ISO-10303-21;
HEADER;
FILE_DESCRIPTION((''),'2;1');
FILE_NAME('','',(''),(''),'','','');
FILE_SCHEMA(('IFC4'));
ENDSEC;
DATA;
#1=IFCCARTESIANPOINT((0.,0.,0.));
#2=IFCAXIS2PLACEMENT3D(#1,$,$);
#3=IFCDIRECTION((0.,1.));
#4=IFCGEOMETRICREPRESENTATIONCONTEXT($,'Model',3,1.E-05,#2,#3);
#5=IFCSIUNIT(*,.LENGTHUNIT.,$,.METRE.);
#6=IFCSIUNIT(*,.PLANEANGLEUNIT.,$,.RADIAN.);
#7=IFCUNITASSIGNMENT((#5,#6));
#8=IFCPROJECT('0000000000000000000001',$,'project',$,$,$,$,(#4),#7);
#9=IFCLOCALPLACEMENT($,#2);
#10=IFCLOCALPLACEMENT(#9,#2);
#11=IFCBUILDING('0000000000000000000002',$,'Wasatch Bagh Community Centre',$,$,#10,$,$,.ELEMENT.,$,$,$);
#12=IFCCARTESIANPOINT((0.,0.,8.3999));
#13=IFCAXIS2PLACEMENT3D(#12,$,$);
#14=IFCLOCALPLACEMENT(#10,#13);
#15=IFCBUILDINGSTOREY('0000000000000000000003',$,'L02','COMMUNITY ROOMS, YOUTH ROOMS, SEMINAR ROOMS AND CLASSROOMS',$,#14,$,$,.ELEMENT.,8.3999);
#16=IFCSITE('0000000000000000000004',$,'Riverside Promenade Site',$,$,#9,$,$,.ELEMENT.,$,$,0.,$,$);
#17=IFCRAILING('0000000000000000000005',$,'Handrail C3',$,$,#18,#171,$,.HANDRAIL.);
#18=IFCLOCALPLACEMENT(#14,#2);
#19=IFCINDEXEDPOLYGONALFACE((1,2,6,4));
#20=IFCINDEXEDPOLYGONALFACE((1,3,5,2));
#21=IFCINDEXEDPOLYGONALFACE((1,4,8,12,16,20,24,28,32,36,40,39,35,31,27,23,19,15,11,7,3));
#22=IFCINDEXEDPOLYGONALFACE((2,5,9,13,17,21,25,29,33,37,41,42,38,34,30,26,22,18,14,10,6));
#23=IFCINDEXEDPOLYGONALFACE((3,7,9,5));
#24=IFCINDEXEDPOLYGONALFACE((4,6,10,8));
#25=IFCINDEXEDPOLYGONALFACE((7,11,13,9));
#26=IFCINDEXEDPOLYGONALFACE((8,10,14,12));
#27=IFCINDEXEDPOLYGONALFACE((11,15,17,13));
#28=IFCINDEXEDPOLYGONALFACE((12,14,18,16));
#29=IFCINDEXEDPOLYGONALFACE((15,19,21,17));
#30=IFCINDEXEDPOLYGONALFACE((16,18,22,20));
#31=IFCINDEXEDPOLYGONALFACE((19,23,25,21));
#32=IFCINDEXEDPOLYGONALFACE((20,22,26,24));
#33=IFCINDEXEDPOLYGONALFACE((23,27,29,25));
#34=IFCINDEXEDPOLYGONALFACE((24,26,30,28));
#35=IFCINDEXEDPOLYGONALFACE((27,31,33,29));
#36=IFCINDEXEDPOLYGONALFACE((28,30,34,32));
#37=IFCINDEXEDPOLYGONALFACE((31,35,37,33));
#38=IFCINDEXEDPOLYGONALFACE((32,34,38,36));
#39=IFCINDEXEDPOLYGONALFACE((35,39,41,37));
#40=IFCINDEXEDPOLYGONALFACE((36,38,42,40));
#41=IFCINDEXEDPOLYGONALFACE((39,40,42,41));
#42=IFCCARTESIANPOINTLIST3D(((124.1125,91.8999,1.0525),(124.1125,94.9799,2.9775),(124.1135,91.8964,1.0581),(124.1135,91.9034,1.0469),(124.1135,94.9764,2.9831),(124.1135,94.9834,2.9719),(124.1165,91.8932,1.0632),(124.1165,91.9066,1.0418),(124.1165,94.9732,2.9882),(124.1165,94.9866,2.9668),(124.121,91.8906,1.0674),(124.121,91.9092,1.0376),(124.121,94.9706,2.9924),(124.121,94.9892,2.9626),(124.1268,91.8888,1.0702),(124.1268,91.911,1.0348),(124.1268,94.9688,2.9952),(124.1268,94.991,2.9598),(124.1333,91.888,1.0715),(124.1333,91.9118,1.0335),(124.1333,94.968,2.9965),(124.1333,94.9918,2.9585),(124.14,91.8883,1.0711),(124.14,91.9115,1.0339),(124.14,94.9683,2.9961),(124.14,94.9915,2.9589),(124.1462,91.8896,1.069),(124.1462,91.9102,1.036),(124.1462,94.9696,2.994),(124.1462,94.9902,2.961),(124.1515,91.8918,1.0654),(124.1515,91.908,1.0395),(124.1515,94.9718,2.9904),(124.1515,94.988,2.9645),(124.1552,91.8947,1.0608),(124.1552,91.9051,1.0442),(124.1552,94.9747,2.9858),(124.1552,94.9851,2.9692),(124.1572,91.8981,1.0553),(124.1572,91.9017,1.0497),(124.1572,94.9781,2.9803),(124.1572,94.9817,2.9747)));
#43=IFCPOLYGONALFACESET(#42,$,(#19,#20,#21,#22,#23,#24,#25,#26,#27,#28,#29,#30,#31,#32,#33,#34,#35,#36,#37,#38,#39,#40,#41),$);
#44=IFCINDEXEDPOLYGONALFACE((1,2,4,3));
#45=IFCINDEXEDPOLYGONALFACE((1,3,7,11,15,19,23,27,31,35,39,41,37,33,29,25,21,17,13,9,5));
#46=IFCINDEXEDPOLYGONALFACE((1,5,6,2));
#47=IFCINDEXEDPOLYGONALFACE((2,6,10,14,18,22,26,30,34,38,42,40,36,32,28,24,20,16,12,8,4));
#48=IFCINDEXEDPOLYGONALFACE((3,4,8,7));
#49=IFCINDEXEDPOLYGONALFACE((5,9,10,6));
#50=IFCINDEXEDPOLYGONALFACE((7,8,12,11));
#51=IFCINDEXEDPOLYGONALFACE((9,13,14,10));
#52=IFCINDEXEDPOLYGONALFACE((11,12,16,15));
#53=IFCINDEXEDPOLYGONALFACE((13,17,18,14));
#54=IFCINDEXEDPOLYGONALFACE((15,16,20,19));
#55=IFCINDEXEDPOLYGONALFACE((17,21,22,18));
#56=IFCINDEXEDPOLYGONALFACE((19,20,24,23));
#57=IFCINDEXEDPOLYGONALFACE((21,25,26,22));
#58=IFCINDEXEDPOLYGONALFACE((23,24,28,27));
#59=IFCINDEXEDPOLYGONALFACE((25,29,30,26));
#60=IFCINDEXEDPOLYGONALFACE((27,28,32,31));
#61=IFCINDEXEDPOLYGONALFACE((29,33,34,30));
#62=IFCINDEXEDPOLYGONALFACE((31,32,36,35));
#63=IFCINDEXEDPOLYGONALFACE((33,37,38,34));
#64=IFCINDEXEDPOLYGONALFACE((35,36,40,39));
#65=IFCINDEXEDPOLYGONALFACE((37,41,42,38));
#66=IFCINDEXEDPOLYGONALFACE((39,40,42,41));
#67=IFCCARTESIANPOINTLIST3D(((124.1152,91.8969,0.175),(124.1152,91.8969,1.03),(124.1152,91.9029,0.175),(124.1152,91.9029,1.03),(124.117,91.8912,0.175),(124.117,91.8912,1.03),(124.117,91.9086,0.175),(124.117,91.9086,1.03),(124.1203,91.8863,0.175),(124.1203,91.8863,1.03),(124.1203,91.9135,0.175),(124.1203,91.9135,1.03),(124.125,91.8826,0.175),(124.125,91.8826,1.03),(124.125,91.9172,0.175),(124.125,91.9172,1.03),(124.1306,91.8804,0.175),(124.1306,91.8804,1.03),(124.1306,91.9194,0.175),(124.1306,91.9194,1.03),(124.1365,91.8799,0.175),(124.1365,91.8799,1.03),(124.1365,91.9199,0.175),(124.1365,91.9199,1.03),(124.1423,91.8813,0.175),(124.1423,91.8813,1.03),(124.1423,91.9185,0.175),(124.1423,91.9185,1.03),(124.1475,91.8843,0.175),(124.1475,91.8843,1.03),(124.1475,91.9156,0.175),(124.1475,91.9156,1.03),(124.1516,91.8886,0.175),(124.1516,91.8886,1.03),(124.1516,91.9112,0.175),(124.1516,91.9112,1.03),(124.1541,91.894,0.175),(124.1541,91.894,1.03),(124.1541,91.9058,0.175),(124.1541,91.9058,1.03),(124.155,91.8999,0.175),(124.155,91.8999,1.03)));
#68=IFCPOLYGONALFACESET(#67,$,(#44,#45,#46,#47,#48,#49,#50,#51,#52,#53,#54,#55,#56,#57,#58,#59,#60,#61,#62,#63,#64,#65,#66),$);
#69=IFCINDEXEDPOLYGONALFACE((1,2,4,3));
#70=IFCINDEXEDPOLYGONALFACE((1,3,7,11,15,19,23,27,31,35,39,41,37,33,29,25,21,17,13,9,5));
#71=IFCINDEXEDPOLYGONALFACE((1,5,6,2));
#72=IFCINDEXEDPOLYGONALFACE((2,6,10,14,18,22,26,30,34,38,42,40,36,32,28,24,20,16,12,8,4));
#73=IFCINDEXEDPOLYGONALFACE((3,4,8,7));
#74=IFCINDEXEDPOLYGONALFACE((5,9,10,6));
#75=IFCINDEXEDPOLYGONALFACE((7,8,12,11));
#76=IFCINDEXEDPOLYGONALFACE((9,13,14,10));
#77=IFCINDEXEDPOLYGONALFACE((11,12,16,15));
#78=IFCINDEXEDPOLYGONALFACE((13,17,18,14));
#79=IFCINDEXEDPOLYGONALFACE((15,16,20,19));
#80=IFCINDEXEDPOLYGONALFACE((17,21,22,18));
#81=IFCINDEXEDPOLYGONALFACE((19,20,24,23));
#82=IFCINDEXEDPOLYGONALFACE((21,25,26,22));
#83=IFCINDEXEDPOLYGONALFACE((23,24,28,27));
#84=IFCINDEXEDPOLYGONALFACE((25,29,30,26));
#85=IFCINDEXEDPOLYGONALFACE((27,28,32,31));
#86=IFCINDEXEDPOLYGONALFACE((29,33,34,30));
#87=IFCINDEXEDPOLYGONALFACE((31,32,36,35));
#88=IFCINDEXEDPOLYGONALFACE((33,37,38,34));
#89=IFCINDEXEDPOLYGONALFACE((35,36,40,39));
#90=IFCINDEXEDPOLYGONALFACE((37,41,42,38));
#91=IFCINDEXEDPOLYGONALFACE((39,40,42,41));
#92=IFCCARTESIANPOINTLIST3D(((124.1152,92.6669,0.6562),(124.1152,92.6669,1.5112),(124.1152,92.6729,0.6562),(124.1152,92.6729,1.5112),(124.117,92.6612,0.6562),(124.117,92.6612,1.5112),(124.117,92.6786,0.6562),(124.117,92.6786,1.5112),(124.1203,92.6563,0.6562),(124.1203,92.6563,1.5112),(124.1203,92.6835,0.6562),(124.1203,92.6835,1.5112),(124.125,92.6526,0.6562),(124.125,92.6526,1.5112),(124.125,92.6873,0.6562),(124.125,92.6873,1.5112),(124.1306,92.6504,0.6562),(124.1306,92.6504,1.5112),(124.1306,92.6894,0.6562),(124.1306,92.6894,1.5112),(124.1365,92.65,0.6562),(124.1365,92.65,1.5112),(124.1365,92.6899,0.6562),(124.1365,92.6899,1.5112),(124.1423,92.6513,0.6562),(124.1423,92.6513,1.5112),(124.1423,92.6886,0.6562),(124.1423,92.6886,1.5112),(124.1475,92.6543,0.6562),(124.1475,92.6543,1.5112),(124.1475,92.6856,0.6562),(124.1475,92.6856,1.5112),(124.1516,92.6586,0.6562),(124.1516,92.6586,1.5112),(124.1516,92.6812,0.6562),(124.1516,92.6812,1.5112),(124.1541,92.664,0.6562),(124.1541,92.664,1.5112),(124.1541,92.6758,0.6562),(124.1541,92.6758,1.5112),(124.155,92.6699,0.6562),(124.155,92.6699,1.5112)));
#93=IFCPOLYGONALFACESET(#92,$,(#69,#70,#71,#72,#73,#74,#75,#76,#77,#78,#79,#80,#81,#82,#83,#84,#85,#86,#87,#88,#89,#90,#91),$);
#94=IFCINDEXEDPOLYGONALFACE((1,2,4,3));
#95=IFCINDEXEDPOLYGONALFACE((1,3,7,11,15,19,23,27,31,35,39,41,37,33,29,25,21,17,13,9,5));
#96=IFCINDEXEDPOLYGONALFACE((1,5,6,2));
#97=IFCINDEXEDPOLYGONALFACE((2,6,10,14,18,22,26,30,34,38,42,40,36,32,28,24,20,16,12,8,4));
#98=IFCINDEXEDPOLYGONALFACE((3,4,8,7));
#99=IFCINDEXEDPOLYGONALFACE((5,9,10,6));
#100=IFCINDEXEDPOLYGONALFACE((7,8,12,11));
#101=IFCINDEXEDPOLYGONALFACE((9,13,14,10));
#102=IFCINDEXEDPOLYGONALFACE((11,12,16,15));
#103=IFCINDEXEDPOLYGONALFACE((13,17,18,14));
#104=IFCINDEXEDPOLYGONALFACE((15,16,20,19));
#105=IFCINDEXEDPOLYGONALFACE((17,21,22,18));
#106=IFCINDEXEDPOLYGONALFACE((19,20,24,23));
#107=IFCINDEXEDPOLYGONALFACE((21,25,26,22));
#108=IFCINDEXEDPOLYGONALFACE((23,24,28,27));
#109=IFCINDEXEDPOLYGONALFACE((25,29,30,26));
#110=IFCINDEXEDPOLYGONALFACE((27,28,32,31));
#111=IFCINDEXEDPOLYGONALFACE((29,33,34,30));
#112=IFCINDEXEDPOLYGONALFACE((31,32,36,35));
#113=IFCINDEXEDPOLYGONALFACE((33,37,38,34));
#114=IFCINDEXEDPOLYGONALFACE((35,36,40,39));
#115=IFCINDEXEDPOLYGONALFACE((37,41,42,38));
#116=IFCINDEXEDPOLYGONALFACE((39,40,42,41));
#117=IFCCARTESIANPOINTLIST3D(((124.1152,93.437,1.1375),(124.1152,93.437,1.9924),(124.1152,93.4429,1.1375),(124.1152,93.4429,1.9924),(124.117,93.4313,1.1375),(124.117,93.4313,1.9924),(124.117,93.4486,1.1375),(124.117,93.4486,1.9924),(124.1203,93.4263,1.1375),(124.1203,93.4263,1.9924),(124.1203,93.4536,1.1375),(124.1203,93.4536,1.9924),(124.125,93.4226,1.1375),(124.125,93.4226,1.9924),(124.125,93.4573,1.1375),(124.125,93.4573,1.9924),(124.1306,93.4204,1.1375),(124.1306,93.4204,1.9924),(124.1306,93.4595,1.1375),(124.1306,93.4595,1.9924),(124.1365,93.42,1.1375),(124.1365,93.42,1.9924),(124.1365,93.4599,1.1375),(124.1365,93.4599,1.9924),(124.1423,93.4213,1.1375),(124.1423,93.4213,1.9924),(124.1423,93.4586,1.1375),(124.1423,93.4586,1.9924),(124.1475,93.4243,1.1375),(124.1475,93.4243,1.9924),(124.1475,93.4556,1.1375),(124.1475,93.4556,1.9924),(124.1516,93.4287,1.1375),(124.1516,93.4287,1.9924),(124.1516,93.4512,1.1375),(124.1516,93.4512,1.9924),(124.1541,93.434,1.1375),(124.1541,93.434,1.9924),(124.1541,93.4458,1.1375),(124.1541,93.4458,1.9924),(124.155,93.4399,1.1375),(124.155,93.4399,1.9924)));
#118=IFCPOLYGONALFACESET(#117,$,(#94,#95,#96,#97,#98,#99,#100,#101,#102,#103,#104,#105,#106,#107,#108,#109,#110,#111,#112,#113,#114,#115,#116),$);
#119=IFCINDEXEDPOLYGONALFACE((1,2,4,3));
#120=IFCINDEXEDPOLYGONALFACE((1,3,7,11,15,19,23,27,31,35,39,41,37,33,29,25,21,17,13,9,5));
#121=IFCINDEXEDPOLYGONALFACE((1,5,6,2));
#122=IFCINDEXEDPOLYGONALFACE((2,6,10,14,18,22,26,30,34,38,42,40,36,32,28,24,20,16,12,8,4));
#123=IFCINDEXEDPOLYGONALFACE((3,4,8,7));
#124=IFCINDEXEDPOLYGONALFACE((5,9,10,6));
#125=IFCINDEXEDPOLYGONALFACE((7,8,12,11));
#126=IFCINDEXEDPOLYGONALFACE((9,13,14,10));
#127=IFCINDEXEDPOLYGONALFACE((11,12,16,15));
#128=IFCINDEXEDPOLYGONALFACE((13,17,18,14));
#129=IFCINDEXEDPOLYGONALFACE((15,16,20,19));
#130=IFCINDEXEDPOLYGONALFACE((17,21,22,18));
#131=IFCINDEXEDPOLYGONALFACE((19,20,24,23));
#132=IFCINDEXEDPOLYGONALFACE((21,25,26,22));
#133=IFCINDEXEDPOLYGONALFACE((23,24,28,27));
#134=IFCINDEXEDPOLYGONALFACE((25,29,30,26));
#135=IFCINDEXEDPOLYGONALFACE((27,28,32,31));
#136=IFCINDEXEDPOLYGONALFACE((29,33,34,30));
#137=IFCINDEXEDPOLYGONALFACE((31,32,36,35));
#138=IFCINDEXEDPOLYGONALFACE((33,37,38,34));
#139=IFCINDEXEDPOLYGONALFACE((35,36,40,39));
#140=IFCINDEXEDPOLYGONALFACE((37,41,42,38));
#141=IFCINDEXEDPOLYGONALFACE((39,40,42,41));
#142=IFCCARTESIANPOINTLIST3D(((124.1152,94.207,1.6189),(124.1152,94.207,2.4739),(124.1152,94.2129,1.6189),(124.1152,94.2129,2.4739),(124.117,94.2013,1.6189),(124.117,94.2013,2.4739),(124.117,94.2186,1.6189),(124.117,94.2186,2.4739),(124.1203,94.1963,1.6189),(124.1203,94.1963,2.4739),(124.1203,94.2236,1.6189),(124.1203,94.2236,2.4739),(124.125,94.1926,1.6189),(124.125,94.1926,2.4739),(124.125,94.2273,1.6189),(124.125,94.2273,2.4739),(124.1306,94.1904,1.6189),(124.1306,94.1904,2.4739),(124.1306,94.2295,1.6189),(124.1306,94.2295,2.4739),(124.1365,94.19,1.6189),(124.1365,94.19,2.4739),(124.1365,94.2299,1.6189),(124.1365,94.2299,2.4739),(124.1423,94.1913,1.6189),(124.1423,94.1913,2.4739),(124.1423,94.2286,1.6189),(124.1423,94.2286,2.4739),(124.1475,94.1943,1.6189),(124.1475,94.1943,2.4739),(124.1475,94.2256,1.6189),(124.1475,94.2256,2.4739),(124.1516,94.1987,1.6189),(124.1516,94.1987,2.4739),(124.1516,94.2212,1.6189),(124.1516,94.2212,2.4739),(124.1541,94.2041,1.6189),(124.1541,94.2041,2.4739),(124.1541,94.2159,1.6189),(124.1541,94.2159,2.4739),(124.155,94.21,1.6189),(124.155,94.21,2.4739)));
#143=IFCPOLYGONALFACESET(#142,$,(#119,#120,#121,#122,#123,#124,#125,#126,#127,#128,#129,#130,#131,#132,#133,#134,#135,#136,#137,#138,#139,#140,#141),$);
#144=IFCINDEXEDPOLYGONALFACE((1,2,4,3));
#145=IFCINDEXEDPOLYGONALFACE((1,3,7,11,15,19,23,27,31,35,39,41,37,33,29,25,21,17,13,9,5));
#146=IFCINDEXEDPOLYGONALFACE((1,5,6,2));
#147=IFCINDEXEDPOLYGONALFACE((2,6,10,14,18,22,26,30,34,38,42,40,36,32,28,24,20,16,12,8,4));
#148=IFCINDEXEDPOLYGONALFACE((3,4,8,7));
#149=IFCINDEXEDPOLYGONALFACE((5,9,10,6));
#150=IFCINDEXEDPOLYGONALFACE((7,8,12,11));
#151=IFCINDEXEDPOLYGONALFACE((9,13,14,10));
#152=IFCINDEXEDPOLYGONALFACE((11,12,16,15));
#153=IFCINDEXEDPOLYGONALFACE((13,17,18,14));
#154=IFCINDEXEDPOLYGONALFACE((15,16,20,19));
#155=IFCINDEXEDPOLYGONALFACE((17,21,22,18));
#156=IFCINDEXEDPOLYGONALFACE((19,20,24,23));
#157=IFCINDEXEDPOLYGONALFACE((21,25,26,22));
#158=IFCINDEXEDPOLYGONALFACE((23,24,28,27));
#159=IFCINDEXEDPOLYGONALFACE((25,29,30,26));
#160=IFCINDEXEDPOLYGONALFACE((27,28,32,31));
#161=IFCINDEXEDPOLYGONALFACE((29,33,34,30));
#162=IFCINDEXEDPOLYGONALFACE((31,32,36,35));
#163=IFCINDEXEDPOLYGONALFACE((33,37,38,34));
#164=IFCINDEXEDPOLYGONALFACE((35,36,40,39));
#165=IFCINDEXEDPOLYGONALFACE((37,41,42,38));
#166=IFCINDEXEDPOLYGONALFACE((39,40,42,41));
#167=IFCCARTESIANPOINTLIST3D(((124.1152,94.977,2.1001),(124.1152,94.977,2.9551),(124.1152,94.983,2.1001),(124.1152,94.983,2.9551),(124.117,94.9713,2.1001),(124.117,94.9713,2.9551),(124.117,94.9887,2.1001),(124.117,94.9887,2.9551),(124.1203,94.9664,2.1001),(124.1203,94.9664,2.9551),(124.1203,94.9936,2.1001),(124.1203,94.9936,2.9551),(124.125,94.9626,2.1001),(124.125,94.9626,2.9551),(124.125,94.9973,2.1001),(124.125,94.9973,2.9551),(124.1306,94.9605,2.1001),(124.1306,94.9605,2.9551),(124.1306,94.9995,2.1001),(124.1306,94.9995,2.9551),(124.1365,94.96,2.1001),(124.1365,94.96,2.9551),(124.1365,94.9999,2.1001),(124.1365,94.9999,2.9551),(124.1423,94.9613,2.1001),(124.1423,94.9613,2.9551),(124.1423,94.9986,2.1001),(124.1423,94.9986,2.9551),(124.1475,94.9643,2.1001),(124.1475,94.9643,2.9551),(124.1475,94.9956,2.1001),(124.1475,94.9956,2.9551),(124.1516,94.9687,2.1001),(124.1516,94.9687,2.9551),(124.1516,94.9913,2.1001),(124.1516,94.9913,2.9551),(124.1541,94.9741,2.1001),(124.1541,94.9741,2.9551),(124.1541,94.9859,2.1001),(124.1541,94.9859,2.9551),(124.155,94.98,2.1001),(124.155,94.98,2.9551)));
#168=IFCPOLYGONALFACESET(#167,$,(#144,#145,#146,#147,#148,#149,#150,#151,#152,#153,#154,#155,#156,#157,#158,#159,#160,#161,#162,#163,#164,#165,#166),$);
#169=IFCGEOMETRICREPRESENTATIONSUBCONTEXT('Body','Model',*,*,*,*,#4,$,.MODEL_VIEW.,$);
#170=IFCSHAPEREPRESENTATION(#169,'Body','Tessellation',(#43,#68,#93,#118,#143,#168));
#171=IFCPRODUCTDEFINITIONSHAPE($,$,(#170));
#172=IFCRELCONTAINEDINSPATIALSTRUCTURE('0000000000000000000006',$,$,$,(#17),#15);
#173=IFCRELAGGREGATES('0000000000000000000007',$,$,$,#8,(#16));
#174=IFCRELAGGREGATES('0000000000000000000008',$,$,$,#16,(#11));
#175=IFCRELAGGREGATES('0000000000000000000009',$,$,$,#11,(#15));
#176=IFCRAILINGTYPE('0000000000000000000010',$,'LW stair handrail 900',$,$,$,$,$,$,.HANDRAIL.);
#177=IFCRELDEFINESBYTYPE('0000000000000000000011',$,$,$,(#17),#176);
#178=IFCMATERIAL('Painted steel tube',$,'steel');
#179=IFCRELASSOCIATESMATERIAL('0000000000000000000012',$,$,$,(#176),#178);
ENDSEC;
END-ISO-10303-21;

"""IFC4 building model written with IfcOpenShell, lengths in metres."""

from ifc_helpers import new_model, si_unit, direction, frame, origin, origin_2d, place, context, subcontext, project, spatial, circle, extrude, material, type_object, element, save


model = new_model("IFC4")

# Units and contexts
model_context = context("Model", 3, precision=1e-05, world=origin(), true_north=direction((0.0, 1.0)))
body_context = subcontext(model_context, "Body", "Model", "MODEL_VIEW")
ifc_project = project(units=[si_unit("LENGTHUNIT", "METRE"), si_unit("PLANEANGLEUNIT", "RADIAN")], contexts=[model_context])

# Site, building, storey
site_placement = place(None, origin())
site = spatial("IfcSite", under=ifc_project, at=site_placement, Name="Riverside Promenade Site", CompositionType="ELEMENT", RefElevation=0.0)
building_placement = place(site_placement, origin())
building = spatial("IfcBuilding", under=site, at=building_placement, Name="Wasatch Bagh Community Centre", CompositionType="ELEMENT")
storey_placement = place(building_placement, frame((0.0, 0.0, 8.3999)))
storey = spatial("IfcBuildingStorey", under=building, at=storey_placement, Name="L02", Description="COMMUNITY ROOMS, YOUTH ROOMS, SEMINAR ROOMS AND CLASSROOMS", CompositionType="ELEMENT", Elevation=8.3999)

# Railing
ifc_material_1 = material(Name="Painted steel tube", Category="steel")
railing_type_1 = type_object("IfcRailingType", Name="LW stair handrail 900", PredefinedType="HANDRAIL", material=ifc_material_1)
for number, where, name in (
    (1, (124.135, 91.8999, 0.175), "Handrail C3"),
):
    element("IfcRailing", number, at=place(storey_placement, frame(where)), inside=storey, type_object=railing_type_1, Name=name, PredefinedType="HANDRAIL", context=body_context, shape_type="SweptSolid", body=[
        extrude(circle(Radius=0.0225, at=origin_2d()), frame((0.0, 0.0, 0.8774), z_axis=(0.0, 0.847998, 0.529999), x_axis=(-1.0, 0.0, 0.0)), (0.0, 0.0, 1.0), 3.6321),
        extrude(circle(Radius=0.02, at=origin_2d()), origin(), (0.0, 0.0, 1.0), 0.855),
        extrude(circle(Radius=0.02, at=origin_2d()), frame((0.0, 0.77, 0.4812)), (0.0, 0.0, 1.0), 0.855),
        extrude(circle(Radius=0.02, at=origin_2d()), frame((0.0, 1.54, 0.9624)), (0.0, 0.0, 1.0), 0.855),
        extrude(circle(Radius=0.02, at=origin_2d()), frame((0.0, 2.3101, 1.4438)), (0.0, 0.0, 1.0), 0.855),
        extrude(circle(Radius=0.02, at=origin_2d()), frame((0.0, 3.0801, 1.925)), (0.0, 0.0, 1.0), 0.855),
    ])

save(model, "model.ifc")
